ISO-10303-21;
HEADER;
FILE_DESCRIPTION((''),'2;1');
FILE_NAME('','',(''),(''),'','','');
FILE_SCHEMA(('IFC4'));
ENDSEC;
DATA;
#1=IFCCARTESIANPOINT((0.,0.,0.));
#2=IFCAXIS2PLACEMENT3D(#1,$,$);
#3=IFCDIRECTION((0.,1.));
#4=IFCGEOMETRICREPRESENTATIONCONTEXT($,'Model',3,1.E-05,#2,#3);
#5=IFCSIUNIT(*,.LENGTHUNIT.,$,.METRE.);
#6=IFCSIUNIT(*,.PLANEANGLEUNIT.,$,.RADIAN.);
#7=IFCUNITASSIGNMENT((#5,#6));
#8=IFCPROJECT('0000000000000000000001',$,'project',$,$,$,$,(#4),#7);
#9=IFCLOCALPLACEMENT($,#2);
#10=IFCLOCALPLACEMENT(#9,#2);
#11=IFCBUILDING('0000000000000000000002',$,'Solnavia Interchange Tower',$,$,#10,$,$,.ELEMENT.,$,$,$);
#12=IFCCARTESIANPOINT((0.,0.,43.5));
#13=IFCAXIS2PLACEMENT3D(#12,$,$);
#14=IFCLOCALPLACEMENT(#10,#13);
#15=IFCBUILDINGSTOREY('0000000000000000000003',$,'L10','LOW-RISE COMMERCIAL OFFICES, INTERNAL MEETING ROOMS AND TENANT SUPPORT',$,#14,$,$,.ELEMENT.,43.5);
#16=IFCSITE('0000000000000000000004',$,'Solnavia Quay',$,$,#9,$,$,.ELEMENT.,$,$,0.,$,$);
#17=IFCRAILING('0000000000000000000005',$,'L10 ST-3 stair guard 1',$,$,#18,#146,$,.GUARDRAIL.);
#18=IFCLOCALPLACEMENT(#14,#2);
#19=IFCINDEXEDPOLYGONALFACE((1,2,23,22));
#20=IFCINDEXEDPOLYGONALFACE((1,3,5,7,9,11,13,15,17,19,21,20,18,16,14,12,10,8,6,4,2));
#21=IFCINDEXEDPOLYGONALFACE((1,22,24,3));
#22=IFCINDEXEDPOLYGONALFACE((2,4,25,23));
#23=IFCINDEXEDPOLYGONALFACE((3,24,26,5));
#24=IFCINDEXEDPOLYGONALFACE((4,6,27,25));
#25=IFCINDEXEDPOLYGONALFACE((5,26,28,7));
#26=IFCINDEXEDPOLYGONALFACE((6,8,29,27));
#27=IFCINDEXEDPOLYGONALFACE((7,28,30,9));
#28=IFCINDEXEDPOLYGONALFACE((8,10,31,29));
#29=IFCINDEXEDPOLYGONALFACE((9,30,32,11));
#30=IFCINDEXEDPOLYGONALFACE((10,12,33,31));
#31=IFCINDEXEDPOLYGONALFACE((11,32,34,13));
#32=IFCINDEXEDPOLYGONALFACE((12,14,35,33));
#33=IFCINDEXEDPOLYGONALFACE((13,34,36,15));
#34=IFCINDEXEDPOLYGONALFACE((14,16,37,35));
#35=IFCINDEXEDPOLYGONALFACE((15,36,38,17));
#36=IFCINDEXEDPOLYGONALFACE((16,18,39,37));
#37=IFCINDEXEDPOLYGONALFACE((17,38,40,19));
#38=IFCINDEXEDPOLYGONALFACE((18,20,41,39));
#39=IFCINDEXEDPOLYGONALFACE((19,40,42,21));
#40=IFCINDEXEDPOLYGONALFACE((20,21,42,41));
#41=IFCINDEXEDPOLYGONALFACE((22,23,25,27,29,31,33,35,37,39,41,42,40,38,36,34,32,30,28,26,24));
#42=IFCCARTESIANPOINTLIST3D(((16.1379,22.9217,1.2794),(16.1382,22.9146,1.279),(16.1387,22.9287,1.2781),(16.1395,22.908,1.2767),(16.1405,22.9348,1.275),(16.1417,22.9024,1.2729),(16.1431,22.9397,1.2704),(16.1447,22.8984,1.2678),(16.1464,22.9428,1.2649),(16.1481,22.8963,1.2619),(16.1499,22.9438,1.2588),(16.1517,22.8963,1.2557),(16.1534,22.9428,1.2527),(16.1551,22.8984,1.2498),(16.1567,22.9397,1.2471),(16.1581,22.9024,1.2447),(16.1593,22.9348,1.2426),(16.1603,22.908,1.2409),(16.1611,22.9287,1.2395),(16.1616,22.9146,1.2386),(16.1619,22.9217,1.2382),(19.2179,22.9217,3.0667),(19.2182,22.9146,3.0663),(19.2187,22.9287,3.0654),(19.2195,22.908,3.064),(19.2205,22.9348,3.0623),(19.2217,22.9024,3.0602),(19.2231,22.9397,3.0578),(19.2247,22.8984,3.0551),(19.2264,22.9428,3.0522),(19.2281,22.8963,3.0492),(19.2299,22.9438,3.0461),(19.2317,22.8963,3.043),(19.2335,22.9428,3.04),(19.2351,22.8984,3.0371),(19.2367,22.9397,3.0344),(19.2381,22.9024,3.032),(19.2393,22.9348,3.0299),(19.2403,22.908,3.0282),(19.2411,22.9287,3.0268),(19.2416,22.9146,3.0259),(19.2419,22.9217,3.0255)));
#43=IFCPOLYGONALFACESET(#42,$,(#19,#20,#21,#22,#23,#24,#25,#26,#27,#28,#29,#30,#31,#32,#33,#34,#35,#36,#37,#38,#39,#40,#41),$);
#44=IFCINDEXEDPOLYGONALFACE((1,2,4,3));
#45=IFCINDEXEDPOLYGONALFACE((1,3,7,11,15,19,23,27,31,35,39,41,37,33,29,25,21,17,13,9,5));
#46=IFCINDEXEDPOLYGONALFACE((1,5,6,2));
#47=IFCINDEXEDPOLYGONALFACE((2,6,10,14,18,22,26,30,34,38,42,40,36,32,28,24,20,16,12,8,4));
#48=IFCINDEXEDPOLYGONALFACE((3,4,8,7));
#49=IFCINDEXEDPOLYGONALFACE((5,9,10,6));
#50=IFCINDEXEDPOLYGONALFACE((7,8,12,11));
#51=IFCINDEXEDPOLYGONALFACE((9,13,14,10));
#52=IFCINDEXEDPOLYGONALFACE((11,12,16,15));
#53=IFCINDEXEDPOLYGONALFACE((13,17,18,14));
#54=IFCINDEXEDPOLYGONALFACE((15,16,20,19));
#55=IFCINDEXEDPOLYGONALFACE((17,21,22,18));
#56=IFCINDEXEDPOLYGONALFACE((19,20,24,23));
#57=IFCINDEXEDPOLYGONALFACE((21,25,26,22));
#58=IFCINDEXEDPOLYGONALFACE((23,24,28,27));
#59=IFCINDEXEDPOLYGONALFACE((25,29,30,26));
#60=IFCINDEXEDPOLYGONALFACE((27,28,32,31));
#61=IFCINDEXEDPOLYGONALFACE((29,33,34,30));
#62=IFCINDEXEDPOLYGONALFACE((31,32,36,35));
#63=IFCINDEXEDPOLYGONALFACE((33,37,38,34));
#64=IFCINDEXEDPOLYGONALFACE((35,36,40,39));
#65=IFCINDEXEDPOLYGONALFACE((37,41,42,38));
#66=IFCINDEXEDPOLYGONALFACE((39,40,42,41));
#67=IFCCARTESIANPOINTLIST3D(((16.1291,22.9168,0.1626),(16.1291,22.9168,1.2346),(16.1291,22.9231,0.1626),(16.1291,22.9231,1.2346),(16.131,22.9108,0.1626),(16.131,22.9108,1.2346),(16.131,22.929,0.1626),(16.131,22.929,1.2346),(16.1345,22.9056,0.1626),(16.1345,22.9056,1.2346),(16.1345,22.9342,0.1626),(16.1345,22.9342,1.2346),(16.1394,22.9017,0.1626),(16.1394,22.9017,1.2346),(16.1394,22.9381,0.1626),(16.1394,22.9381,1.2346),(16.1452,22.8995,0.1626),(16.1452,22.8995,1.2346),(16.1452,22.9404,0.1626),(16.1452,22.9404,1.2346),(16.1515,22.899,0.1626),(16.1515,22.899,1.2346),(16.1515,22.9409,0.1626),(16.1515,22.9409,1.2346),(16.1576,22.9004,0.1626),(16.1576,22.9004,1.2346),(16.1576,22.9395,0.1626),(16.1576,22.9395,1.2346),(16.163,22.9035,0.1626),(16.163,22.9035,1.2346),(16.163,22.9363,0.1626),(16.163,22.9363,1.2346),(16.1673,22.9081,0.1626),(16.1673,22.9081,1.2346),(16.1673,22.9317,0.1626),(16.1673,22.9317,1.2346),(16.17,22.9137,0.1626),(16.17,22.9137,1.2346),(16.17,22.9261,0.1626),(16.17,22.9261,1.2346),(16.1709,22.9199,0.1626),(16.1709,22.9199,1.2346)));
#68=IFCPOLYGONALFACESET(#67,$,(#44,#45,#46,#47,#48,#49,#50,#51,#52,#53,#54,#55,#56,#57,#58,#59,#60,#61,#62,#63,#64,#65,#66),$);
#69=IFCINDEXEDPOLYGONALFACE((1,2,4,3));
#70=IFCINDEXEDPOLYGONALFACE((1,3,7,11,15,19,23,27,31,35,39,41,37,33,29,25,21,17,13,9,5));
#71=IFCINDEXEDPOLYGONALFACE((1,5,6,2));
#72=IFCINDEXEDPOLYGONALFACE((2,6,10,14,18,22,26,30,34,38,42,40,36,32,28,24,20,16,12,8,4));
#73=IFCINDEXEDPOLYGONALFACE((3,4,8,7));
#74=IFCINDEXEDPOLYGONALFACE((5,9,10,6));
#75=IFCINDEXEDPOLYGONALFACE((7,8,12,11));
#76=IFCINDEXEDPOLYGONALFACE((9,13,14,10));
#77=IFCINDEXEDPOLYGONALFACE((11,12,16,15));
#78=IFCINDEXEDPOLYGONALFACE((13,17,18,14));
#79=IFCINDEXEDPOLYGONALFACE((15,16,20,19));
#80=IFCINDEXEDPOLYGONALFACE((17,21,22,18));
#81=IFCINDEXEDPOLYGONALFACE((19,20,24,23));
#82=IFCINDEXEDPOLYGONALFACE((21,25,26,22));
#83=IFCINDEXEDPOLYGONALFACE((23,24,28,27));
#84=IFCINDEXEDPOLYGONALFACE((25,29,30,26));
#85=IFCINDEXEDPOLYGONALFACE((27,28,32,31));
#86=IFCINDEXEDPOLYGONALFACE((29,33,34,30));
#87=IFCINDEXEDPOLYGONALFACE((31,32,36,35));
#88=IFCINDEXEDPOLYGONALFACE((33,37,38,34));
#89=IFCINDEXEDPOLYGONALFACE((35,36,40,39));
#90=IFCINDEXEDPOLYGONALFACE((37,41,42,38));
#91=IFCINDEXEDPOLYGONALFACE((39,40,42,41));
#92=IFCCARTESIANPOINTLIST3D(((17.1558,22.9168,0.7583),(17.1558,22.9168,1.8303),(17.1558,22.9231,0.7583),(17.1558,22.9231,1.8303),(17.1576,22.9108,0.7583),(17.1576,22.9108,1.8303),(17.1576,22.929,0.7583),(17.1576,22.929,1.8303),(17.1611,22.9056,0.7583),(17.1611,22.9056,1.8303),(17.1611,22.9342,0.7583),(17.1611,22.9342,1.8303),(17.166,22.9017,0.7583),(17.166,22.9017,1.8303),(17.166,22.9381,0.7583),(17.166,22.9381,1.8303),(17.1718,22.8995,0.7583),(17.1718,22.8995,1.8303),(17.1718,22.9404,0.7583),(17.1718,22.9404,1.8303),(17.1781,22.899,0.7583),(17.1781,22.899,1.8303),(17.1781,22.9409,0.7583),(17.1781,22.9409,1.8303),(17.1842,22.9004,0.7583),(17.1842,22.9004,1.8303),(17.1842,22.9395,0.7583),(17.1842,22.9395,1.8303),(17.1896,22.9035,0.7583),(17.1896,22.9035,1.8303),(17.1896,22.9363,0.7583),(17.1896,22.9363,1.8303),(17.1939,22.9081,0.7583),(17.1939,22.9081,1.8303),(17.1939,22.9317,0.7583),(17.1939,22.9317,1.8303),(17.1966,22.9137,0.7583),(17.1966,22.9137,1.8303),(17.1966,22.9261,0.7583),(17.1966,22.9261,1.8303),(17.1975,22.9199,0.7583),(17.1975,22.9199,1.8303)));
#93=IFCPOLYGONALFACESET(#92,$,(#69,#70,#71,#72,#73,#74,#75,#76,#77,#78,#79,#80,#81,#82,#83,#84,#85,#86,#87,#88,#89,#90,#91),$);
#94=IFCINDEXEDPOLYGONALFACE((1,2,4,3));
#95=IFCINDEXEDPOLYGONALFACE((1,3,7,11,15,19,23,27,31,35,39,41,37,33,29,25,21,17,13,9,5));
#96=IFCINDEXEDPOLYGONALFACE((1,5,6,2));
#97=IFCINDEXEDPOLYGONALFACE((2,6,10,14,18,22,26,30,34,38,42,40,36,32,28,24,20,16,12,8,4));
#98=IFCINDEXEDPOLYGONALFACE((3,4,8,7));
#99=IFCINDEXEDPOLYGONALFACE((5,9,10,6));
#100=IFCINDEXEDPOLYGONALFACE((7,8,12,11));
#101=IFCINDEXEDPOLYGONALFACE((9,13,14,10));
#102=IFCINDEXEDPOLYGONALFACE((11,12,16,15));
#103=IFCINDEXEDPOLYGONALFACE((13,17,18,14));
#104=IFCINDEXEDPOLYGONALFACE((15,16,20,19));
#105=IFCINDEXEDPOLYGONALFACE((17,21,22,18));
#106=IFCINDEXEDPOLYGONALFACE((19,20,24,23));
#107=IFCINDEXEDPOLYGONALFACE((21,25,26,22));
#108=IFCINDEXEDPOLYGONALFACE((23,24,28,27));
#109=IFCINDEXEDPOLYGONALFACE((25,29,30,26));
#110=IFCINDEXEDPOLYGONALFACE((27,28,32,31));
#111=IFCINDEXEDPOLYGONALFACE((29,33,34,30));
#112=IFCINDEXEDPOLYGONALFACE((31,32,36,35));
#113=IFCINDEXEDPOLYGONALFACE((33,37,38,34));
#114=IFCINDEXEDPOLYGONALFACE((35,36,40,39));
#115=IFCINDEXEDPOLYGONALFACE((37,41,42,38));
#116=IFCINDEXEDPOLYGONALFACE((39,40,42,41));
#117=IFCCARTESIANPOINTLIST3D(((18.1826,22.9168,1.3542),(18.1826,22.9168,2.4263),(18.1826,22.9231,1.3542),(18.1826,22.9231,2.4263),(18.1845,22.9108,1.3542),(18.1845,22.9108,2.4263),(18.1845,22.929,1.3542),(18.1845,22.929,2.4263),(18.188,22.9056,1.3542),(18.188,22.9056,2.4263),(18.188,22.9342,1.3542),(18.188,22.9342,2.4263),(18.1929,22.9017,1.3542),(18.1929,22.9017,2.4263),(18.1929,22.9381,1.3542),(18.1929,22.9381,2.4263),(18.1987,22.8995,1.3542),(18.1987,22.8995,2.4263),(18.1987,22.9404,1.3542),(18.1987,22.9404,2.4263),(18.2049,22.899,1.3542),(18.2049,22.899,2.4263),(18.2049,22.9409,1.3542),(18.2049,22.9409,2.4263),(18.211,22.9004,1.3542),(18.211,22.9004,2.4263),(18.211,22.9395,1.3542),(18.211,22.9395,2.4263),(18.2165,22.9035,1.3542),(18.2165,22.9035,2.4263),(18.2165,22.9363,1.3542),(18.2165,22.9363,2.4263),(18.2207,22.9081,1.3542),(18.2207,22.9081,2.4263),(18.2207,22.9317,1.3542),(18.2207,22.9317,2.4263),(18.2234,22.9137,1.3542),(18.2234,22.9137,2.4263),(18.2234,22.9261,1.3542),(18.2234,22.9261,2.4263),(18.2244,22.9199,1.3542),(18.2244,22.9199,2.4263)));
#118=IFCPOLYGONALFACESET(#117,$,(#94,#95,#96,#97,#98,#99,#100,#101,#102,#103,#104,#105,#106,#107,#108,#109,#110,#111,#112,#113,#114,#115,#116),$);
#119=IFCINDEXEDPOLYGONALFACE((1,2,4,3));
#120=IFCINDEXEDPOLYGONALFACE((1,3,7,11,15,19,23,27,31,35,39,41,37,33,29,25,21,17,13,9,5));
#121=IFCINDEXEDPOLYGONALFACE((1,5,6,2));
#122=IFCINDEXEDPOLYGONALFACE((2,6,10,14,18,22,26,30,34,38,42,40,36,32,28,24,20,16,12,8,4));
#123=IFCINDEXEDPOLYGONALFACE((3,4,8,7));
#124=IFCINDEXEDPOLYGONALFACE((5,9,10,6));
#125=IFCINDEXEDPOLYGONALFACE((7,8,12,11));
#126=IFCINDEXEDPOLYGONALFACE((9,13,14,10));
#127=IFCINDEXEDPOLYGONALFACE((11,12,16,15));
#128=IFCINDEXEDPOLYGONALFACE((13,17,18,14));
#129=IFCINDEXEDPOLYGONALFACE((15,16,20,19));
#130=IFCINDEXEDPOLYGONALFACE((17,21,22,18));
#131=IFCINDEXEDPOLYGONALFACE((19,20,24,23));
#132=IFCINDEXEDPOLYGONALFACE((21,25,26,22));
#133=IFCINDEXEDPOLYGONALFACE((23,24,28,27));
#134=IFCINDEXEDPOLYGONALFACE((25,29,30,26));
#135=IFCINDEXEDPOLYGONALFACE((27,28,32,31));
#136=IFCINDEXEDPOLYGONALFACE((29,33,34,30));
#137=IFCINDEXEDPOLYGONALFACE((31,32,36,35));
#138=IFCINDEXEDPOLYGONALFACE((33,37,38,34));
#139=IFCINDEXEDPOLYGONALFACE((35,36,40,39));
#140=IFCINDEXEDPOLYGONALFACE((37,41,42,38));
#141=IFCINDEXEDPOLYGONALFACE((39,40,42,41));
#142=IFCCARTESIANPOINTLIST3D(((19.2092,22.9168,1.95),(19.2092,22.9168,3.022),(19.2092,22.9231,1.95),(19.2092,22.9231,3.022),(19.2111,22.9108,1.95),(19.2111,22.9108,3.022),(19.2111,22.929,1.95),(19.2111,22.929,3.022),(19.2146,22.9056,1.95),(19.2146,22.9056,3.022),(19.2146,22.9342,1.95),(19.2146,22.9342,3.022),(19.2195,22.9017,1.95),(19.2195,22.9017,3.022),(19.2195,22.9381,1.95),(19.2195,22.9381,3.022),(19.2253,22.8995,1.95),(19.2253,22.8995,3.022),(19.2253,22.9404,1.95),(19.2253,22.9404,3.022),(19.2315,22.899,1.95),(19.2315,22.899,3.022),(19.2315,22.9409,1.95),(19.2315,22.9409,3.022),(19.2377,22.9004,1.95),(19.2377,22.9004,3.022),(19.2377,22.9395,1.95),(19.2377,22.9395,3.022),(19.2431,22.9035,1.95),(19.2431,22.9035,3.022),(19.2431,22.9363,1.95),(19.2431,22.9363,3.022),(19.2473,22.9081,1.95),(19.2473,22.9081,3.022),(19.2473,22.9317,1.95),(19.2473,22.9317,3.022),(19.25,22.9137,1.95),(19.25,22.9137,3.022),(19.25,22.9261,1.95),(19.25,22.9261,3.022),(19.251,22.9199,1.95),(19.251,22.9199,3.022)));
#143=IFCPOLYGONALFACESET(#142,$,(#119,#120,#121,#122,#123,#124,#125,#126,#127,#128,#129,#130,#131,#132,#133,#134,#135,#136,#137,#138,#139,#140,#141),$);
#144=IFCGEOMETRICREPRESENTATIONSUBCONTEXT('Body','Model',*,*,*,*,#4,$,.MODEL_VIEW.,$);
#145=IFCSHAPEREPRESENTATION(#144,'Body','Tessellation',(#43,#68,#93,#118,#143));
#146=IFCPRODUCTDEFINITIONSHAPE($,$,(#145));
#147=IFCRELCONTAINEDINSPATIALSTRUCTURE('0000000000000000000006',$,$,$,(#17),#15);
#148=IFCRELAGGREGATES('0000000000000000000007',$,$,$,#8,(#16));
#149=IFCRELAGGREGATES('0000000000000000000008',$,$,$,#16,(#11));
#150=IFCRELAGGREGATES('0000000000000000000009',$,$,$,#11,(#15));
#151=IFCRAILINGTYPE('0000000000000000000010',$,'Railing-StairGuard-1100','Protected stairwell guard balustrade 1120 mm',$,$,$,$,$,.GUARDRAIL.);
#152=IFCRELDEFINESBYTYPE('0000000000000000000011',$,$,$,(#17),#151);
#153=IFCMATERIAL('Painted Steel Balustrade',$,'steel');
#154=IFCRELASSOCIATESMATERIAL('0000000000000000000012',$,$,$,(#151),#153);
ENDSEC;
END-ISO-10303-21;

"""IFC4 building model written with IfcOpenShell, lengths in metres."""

from ifc_helpers import new_model, si_unit, direction, frame, origin, origin_2d, place, context, subcontext, project, spatial, circle, extrude, material, type_object, element, save


model = new_model("IFC4")

# Units and contexts
model_context = context("Model", 3, precision=1e-05, world=origin(), true_north=direction((0.0, 1.0)))
body_context = subcontext(model_context, "Body", "Model", "MODEL_VIEW")
ifc_project = project(units=[si_unit("LENGTHUNIT", "METRE"), si_unit("PLANEANGLEUNIT", "RADIAN")], contexts=[model_context])

# Site, building, storey
site_placement = place(None, origin())
site = spatial("IfcSite", under=ifc_project, at=site_placement, Name="Solnavia Quay", CompositionType="ELEMENT", RefElevation=0.0)
building_placement = place(site_placement, origin())
building = spatial("IfcBuilding", under=site, at=building_placement, Name="Solnavia Interchange Tower", CompositionType="ELEMENT")
storey_placement = place(building_placement, frame((0.0, 0.0, 43.5)))
storey = spatial("IfcBuildingStorey", under=building, at=storey_placement, Name="L10", Description="LOW-RISE COMMERCIAL OFFICES, INTERNAL MEETING ROOMS AND TENANT SUPPORT", CompositionType="ELEMENT", Elevation=43.5)

# Railing
ifc_material_1 = material(Name="Painted Steel Balustrade", Category="steel")
railing_type_1 = type_object("IfcRailingType", Name="Railing-StairGuard-1100", Description="Protected stairwell guard balustrade 1120 mm", PredefinedType="GUARDRAIL", material=ifc_material_1)
railing_1_placement = place(storey_placement, frame((16.1499, 22.9199, 0.1626)))
element("IfcRailing", 1, at=railing_1_placement, inside=storey, type_object=railing_type_1, Name="L10 ST-3 stair guard 1", PredefinedType="GUARDRAIL", context=body_context, shape_type="SweptSolid", body=[
    extrude(circle(Radius=0.0239, at=origin_2d()), frame((0.0, 0.0, 1.0962), z_axis=(0.86492, 0.0, 0.501909), x_axis=(0.0, 1.0, 0.0)), (0.0, 0.0, 1.0), 3.561),
    extrude(circle(Radius=0.021, at=origin_2d()), origin(), (0.0, 0.0, 1.0), 1.072),
    extrude(circle(Radius=0.021, at=origin_2d()), frame((1.0266, 0.0, 0.5957)), (0.0, 0.0, 1.0), 1.072),
    extrude(circle(Radius=0.021, at=origin_2d()), frame((2.0535, 0.0, 1.1917)), (0.0, 0.0, 1.0), 1.072),
    extrude(circle(Radius=0.021, at=origin_2d()), frame((3.0801, 0.0, 1.7874)), (0.0, 0.0, 1.0), 1.072),
])

save(model, "model.ifc")
